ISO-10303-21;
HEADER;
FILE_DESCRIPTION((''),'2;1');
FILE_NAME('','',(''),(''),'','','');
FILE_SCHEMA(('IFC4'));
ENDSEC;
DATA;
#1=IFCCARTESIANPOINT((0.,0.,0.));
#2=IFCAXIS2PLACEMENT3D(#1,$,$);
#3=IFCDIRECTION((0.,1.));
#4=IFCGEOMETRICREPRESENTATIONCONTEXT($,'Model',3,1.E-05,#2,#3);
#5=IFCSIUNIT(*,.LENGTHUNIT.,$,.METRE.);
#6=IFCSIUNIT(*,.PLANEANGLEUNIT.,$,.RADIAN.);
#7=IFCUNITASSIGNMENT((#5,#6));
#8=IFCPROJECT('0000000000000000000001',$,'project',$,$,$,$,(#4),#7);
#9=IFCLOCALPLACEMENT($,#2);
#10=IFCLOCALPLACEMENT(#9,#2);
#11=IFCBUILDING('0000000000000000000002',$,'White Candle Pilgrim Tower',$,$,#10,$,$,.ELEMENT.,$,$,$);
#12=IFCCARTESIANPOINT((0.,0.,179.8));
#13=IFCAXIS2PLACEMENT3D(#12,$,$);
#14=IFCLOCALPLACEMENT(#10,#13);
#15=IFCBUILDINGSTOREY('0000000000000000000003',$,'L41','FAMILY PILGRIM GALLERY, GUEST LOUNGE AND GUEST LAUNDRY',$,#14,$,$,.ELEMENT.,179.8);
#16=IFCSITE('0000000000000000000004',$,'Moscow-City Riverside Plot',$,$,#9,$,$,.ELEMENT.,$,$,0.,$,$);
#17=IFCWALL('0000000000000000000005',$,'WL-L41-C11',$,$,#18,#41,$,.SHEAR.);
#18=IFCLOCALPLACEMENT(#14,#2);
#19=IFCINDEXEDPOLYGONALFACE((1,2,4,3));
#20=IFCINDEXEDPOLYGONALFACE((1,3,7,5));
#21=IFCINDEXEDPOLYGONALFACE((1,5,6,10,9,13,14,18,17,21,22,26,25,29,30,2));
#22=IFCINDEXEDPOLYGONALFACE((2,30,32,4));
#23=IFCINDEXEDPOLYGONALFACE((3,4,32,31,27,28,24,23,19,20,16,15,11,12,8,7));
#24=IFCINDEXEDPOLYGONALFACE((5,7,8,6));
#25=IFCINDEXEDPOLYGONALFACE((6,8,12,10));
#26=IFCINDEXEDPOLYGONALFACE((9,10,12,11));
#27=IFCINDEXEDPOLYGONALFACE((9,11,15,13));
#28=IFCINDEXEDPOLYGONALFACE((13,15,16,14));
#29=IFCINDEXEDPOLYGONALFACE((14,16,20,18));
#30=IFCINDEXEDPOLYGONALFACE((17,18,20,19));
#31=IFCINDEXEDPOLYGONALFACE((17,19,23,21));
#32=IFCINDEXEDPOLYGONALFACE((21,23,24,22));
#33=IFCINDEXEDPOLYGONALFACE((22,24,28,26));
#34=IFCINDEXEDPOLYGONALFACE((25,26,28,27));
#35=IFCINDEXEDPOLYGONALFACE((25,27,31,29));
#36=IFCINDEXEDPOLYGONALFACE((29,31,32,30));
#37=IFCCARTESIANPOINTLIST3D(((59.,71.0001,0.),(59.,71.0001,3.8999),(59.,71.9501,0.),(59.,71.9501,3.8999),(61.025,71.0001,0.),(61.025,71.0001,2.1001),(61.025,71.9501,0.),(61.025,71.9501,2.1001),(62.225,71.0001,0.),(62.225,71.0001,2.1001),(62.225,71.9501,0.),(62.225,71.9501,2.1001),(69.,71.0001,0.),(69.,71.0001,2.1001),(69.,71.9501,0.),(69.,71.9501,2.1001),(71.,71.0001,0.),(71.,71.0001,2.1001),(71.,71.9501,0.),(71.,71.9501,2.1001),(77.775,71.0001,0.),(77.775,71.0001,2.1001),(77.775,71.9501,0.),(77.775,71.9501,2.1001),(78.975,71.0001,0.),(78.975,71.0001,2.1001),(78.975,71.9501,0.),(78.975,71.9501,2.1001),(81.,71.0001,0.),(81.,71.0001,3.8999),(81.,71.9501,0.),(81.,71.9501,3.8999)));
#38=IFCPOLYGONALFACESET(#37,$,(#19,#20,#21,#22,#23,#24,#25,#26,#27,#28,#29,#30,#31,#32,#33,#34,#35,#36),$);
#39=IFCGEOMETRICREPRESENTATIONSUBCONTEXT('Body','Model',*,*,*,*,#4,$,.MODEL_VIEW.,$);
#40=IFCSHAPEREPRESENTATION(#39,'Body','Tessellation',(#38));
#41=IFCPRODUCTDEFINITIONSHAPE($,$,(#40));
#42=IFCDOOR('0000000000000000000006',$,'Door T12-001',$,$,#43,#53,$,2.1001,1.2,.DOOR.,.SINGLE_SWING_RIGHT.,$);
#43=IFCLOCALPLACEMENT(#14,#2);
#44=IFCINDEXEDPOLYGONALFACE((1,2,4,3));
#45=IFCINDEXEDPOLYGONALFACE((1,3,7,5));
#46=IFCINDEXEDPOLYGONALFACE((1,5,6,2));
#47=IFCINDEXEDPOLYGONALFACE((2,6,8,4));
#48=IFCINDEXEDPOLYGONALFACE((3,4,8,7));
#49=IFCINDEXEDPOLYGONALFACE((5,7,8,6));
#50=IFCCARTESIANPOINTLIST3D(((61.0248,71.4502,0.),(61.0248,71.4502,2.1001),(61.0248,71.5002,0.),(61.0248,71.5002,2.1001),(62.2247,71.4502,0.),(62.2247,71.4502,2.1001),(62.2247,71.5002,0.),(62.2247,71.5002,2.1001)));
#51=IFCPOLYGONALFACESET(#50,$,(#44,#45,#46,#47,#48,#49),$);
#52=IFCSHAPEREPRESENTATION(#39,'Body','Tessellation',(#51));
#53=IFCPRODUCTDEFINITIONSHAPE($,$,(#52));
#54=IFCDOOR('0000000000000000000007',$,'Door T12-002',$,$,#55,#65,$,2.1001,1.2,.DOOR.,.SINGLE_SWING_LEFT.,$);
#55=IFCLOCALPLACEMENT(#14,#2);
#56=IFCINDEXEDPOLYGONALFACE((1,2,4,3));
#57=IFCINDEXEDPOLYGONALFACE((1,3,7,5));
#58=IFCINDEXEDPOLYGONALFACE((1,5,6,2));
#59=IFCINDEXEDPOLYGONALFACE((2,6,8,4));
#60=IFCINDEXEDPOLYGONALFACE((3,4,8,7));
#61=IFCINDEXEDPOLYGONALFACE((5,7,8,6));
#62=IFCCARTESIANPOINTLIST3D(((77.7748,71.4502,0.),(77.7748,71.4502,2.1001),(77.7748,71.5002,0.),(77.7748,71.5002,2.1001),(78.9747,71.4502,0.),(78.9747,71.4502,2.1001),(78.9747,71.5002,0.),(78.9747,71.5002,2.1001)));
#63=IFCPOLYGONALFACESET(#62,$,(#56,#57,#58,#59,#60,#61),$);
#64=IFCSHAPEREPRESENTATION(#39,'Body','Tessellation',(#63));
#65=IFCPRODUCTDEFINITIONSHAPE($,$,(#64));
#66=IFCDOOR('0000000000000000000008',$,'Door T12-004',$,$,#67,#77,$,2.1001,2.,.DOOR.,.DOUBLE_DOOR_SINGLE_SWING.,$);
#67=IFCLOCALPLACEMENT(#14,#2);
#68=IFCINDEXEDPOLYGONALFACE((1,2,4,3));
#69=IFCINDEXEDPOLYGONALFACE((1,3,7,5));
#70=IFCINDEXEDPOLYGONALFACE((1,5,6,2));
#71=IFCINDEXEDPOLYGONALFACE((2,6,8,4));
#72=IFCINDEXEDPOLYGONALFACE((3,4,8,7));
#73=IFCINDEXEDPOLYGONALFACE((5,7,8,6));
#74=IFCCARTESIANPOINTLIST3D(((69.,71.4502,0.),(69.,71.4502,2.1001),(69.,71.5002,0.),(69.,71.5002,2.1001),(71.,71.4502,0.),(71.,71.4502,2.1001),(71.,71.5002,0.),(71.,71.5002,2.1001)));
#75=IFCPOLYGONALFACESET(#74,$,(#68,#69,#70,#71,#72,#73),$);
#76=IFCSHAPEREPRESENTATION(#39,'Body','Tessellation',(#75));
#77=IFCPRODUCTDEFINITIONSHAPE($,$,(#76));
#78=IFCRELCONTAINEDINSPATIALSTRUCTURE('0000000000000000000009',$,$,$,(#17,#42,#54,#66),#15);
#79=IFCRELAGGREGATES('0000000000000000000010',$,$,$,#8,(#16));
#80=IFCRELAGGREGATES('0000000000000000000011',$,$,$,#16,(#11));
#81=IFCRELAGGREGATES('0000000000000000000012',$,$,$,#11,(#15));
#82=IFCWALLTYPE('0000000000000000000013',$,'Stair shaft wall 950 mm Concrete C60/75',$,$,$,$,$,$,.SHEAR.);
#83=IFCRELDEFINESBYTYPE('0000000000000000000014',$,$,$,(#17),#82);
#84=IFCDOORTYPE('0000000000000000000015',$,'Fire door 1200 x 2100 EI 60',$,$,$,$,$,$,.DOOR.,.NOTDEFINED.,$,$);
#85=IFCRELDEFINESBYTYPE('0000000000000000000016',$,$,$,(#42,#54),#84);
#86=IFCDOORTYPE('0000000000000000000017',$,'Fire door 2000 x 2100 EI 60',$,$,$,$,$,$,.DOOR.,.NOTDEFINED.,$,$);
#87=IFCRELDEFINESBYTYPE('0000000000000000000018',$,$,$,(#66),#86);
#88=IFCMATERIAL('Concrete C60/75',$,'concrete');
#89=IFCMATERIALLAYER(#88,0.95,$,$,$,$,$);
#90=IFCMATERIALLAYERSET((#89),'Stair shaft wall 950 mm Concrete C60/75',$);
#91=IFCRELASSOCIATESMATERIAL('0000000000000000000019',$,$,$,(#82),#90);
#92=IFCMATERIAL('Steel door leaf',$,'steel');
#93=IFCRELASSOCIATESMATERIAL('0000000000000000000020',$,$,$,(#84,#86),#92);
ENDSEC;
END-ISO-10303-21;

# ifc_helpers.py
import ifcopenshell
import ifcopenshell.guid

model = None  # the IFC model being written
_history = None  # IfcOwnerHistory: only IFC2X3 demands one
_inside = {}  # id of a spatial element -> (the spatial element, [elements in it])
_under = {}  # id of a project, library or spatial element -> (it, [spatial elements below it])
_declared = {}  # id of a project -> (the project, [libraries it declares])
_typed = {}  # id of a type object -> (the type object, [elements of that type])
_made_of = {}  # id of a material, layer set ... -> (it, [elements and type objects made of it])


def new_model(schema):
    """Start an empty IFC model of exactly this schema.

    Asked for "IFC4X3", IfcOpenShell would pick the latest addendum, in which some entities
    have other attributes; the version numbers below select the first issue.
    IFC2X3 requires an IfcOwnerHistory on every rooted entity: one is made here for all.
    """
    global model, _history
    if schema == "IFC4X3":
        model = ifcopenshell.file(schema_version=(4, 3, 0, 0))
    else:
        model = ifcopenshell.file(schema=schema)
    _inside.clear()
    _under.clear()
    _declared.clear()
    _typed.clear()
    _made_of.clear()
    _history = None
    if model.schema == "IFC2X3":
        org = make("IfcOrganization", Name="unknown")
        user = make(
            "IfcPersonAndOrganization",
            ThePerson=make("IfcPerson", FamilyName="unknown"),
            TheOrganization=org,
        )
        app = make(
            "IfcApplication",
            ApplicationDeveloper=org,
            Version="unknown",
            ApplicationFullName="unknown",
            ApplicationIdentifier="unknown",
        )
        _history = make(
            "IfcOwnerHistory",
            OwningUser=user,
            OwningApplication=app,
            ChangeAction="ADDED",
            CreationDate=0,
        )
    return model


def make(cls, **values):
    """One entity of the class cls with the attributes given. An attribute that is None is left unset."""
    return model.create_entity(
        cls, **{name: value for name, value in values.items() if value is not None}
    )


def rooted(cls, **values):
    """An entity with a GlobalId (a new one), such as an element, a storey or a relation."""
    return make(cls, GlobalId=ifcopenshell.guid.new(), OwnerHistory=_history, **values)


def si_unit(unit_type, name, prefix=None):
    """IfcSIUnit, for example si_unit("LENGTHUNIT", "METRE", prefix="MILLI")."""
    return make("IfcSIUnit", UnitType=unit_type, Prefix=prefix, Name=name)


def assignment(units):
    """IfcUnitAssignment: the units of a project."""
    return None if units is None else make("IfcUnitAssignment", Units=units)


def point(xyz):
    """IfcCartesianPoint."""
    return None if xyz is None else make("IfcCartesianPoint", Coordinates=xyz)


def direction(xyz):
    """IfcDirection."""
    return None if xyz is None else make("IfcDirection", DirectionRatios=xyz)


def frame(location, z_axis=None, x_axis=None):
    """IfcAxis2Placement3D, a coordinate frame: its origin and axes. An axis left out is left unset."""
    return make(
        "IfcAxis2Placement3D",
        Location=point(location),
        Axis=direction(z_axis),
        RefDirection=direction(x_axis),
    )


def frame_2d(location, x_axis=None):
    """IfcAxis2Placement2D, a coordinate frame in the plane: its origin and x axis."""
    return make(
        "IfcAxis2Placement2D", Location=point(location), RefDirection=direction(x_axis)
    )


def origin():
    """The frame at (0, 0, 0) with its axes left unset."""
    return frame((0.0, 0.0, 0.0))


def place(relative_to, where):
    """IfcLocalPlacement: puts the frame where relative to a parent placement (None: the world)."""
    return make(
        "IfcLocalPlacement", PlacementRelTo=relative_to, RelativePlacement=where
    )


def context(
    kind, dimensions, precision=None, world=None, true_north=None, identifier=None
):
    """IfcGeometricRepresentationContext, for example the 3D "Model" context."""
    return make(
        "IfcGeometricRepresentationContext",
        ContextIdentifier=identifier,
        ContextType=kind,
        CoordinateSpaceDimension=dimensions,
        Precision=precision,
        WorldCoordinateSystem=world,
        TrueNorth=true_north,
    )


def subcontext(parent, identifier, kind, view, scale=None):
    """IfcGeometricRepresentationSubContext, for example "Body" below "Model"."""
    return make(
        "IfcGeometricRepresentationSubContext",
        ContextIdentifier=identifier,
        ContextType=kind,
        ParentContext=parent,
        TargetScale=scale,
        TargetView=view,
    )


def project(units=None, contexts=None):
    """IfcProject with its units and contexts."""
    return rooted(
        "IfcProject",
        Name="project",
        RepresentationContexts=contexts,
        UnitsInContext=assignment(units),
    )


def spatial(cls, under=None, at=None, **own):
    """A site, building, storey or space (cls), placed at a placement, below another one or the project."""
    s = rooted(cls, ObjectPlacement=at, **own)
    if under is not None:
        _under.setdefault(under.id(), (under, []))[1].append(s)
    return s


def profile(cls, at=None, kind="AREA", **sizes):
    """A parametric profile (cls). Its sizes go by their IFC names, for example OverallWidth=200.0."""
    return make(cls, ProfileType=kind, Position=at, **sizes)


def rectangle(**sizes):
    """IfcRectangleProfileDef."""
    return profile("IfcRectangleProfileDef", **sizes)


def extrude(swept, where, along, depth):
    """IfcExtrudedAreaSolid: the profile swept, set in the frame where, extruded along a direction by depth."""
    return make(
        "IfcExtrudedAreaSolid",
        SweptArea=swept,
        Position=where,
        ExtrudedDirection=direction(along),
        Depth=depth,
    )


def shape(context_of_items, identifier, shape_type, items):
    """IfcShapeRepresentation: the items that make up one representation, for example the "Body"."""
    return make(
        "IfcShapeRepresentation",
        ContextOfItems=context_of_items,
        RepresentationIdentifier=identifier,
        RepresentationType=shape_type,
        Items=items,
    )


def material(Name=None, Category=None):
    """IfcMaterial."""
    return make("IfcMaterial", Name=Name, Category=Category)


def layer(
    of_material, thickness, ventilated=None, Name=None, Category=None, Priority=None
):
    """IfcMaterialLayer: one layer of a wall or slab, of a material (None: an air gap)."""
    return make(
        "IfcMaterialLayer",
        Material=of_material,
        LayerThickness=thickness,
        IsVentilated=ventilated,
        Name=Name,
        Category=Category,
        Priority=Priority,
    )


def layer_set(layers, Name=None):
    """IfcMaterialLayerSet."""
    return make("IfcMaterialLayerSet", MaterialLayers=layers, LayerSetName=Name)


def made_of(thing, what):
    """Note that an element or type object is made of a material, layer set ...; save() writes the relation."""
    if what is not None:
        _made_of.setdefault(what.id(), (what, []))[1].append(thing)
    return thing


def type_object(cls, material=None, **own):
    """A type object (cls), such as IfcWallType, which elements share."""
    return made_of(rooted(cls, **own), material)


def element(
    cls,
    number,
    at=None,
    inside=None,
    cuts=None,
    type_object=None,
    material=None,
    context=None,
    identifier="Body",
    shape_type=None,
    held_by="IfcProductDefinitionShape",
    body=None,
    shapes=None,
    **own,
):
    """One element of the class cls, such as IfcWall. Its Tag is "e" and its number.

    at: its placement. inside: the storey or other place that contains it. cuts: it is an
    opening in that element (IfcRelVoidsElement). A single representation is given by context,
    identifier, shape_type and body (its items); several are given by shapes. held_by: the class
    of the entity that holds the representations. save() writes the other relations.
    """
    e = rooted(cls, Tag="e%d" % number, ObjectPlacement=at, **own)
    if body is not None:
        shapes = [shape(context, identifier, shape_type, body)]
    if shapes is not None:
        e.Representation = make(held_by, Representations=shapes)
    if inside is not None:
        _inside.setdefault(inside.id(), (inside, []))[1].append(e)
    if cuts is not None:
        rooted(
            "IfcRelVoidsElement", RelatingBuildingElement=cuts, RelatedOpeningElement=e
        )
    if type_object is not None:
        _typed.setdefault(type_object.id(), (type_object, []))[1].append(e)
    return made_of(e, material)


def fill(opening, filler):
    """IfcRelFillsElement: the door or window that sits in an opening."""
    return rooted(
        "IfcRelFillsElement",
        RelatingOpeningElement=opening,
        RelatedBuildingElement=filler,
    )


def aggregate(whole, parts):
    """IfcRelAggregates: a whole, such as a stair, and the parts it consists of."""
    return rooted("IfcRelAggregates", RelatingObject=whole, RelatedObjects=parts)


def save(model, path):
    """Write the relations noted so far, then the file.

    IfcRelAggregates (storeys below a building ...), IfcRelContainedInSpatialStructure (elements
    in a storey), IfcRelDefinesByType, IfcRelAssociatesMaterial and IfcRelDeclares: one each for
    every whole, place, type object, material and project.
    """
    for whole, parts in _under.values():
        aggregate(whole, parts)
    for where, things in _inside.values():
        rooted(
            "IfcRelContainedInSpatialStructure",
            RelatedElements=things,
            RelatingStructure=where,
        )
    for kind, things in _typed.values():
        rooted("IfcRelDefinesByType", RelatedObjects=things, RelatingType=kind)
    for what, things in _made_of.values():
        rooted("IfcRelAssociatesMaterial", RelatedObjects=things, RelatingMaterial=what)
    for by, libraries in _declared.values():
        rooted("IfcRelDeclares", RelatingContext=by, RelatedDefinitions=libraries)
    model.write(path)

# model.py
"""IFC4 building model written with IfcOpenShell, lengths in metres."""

from ifc_helpers import new_model, si_unit, direction, frame, frame_2d, origin, place, context, subcontext, project, spatial, rectangle, extrude, material, layer, layer_set, type_object, element, fill, save


model = new_model("IFC4")

# Units and contexts
model_context = context("Model", 3, precision=1e-05, world=origin(), true_north=direction((0.0, 1.0)))
body_context = subcontext(model_context, "Body", "Model", "MODEL_VIEW")
ifc_project = project(units=[si_unit("LENGTHUNIT", "METRE"), si_unit("PLANEANGLEUNIT", "RADIAN")], contexts=[model_context])

# Site, building, storey
site_placement = place(None, origin())
site = spatial("IfcSite", under=ifc_project, at=site_placement, Name="Moscow-City Riverside Plot", CompositionType="ELEMENT", RefElevation=0.0)
building_placement = place(site_placement, origin())
building = spatial("IfcBuilding", under=site, at=building_placement, Name="White Candle Pilgrim Tower", CompositionType="ELEMENT")
storey_placement = place(building_placement, frame((0.0, 0.0, 179.8)))
storey = spatial("IfcBuildingStorey", under=building, at=storey_placement, Name="L41", Description="FAMILY PILGRIM GALLERY, GUEST LOUNGE AND GUEST LAUNDRY", CompositionType="ELEMENT", Elevation=179.8)

# Shared definitions
ifc_material_1 = material(Name="Steel door leaf", Category="steel")

# Shared definitions
ifc_material_2 = material(Name="Concrete C60/75", Category="concrete")

# Wall, openings, doors
ifc_layer_1 = layer(ifc_material_2, 0.95)
ifc_layer_set_1 = layer_set([ifc_layer_1], Name="Stair shaft wall 950 mm Concrete C60/75")
wall_type_1 = type_object("IfcWallType", Name="Stair shaft wall 950 mm Concrete C60/75", PredefinedType="SHEAR", material=ifc_layer_set_1)
wall_1_placement = place(storey_placement, frame((59.0, 71.4751, 0.0), z_axis=(0.0, 0.0, 1.0), x_axis=(1.0, 0.0, 0.0)))
wall_1 = element("IfcWall", 1, at=wall_1_placement, inside=storey, type_object=wall_type_1, Name="WL-L41-C11", PredefinedType="SHEAR", context=body_context, shape_type="SweptSolid", body=[
    extrude(rectangle(XDim=22.0, YDim=0.95, at=frame_2d((11.0, 0.0))), origin(), (0.0, 0.0, 1.0), 3.8999),
])
opening_1_placement = place(wall_1_placement, frame((2.0249, 0.0, 0.0)))
opening_1 = element("IfcOpeningElement", 2, at=opening_1_placement, cuts=wall_1, PredefinedType="OPENING", context=body_context, shape_type="SweptSolid", body=[
    extrude(rectangle(XDim=1.2, YDim=2.1001, at=frame_2d((0.6001, 1.05))), frame((0.0, 0.4849, 0.0), z_axis=(0.0, -1.0, 0.0), x_axis=(1.0, 0.0, 0.0)), (0.0, 0.0, 1.0), 0.97),
])
opening_2_placement = place(wall_1_placement, frame((18.7749, 0.0, 0.0)))
opening_2 = element("IfcOpeningElement", 3, at=opening_2_placement, cuts=wall_1, PredefinedType="OPENING", context=body_context, shape_type="SweptSolid", body=[
    extrude(rectangle(XDim=1.2, YDim=2.1001, at=frame_2d((0.6001, 1.05))), frame((0.0, 0.4849, 0.0), z_axis=(0.0, -1.0, 0.0), x_axis=(1.0, 0.0, 0.0)), (0.0, 0.0, 1.0), 0.97),
])
opening_3_placement = place(wall_1_placement, frame((10.0, 0.0, 0.0)))
opening_3 = element("IfcOpeningElement", 4, at=opening_3_placement, cuts=wall_1, PredefinedType="OPENING", context=body_context, shape_type="SweptSolid", body=[
    extrude(rectangle(XDim=2.0, YDim=2.1001, at=frame_2d((1.0, 1.05))), frame((0.0, 0.4849, 0.0), z_axis=(0.0, -1.0, 0.0), x_axis=(1.0, 0.0, 0.0)), (0.0, 0.0, 1.0), 0.97),
])
door_type_1 = type_object("IfcDoorType", Name="Fire door 1200 x 2100 EI 60", OperationType="NOTDEFINED", PredefinedType="DOOR", material=ifc_material_1)
door_1_placement = place(opening_1_placement, frame((1.2, 0.0, 0.0), z_axis=(0.0, 0.0, 1.0), x_axis=(-1.0, 0.0, 0.0)))
door_1 = element("IfcDoor", 5, at=door_1_placement, inside=storey, type_object=door_type_1, Name="Door T12-001", OperationType="SINGLE_SWING_RIGHT", OverallHeight=2.1001, OverallWidth=1.2, PredefinedType="DOOR", context=body_context, shape_type="SweptSolid", body=[
    extrude(rectangle(XDim=1.2, YDim=2.1001, at=frame_2d((0.6001, 1.05))), frame((0.0, 0.0249, 0.0), z_axis=(0.0, -1.0, 0.0), x_axis=(1.0, 0.0, 0.0)), (0.0, 0.0, 1.0), 0.05),
])
fill(opening_1, door_1)
door_2_placement = place(opening_2_placement, frame((1.2, 0.0, 0.0), z_axis=(0.0, 0.0, 1.0), x_axis=(-1.0, 0.0, 0.0)))
door_2 = element("IfcDoor", 6, at=door_2_placement, inside=storey, type_object=door_type_1, Name="Door T12-002", OperationType="SINGLE_SWING_LEFT", OverallHeight=2.1001, OverallWidth=1.2, PredefinedType="DOOR", context=body_context, shape_type="SweptSolid", body=[
    extrude(rectangle(XDim=1.2, YDim=2.1001, at=frame_2d((0.6001, 1.05))), frame((0.0, 0.0249, 0.0), z_axis=(0.0, -1.0, 0.0), x_axis=(1.0, 0.0, 0.0)), (0.0, 0.0, 1.0), 0.05),
])
fill(opening_2, door_2)
door_type_2 = type_object("IfcDoorType", Name="Fire door 2000 x 2100 EI 60", OperationType="NOTDEFINED", PredefinedType="DOOR", material=ifc_material_1)
door_3_placement = place(opening_3_placement, frame((2.0, 0.0, 0.0), z_axis=(0.0, 0.0, 1.0), x_axis=(-1.0, 0.0, 0.0)))
door_3 = element("IfcDoor", 7, at=door_3_placement, inside=storey, type_object=door_type_2, Name="Door T12-004", OperationType="DOUBLE_DOOR_SINGLE_SWING", OverallHeight=2.1001, OverallWidth=2.0, PredefinedType="DOOR", context=body_context, shape_type="SweptSolid", body=[
    extrude(rectangle(XDim=2.0, YDim=2.1001, at=frame_2d((1.0, 1.05))), frame((0.0, 0.0249, 0.0), z_axis=(0.0, -1.0, 0.0), x_axis=(1.0, 0.0, 0.0)), (0.0, 0.0, 1.0), 0.05),
])
fill(opening_3, door_3)

save(model, "model.ifc")
